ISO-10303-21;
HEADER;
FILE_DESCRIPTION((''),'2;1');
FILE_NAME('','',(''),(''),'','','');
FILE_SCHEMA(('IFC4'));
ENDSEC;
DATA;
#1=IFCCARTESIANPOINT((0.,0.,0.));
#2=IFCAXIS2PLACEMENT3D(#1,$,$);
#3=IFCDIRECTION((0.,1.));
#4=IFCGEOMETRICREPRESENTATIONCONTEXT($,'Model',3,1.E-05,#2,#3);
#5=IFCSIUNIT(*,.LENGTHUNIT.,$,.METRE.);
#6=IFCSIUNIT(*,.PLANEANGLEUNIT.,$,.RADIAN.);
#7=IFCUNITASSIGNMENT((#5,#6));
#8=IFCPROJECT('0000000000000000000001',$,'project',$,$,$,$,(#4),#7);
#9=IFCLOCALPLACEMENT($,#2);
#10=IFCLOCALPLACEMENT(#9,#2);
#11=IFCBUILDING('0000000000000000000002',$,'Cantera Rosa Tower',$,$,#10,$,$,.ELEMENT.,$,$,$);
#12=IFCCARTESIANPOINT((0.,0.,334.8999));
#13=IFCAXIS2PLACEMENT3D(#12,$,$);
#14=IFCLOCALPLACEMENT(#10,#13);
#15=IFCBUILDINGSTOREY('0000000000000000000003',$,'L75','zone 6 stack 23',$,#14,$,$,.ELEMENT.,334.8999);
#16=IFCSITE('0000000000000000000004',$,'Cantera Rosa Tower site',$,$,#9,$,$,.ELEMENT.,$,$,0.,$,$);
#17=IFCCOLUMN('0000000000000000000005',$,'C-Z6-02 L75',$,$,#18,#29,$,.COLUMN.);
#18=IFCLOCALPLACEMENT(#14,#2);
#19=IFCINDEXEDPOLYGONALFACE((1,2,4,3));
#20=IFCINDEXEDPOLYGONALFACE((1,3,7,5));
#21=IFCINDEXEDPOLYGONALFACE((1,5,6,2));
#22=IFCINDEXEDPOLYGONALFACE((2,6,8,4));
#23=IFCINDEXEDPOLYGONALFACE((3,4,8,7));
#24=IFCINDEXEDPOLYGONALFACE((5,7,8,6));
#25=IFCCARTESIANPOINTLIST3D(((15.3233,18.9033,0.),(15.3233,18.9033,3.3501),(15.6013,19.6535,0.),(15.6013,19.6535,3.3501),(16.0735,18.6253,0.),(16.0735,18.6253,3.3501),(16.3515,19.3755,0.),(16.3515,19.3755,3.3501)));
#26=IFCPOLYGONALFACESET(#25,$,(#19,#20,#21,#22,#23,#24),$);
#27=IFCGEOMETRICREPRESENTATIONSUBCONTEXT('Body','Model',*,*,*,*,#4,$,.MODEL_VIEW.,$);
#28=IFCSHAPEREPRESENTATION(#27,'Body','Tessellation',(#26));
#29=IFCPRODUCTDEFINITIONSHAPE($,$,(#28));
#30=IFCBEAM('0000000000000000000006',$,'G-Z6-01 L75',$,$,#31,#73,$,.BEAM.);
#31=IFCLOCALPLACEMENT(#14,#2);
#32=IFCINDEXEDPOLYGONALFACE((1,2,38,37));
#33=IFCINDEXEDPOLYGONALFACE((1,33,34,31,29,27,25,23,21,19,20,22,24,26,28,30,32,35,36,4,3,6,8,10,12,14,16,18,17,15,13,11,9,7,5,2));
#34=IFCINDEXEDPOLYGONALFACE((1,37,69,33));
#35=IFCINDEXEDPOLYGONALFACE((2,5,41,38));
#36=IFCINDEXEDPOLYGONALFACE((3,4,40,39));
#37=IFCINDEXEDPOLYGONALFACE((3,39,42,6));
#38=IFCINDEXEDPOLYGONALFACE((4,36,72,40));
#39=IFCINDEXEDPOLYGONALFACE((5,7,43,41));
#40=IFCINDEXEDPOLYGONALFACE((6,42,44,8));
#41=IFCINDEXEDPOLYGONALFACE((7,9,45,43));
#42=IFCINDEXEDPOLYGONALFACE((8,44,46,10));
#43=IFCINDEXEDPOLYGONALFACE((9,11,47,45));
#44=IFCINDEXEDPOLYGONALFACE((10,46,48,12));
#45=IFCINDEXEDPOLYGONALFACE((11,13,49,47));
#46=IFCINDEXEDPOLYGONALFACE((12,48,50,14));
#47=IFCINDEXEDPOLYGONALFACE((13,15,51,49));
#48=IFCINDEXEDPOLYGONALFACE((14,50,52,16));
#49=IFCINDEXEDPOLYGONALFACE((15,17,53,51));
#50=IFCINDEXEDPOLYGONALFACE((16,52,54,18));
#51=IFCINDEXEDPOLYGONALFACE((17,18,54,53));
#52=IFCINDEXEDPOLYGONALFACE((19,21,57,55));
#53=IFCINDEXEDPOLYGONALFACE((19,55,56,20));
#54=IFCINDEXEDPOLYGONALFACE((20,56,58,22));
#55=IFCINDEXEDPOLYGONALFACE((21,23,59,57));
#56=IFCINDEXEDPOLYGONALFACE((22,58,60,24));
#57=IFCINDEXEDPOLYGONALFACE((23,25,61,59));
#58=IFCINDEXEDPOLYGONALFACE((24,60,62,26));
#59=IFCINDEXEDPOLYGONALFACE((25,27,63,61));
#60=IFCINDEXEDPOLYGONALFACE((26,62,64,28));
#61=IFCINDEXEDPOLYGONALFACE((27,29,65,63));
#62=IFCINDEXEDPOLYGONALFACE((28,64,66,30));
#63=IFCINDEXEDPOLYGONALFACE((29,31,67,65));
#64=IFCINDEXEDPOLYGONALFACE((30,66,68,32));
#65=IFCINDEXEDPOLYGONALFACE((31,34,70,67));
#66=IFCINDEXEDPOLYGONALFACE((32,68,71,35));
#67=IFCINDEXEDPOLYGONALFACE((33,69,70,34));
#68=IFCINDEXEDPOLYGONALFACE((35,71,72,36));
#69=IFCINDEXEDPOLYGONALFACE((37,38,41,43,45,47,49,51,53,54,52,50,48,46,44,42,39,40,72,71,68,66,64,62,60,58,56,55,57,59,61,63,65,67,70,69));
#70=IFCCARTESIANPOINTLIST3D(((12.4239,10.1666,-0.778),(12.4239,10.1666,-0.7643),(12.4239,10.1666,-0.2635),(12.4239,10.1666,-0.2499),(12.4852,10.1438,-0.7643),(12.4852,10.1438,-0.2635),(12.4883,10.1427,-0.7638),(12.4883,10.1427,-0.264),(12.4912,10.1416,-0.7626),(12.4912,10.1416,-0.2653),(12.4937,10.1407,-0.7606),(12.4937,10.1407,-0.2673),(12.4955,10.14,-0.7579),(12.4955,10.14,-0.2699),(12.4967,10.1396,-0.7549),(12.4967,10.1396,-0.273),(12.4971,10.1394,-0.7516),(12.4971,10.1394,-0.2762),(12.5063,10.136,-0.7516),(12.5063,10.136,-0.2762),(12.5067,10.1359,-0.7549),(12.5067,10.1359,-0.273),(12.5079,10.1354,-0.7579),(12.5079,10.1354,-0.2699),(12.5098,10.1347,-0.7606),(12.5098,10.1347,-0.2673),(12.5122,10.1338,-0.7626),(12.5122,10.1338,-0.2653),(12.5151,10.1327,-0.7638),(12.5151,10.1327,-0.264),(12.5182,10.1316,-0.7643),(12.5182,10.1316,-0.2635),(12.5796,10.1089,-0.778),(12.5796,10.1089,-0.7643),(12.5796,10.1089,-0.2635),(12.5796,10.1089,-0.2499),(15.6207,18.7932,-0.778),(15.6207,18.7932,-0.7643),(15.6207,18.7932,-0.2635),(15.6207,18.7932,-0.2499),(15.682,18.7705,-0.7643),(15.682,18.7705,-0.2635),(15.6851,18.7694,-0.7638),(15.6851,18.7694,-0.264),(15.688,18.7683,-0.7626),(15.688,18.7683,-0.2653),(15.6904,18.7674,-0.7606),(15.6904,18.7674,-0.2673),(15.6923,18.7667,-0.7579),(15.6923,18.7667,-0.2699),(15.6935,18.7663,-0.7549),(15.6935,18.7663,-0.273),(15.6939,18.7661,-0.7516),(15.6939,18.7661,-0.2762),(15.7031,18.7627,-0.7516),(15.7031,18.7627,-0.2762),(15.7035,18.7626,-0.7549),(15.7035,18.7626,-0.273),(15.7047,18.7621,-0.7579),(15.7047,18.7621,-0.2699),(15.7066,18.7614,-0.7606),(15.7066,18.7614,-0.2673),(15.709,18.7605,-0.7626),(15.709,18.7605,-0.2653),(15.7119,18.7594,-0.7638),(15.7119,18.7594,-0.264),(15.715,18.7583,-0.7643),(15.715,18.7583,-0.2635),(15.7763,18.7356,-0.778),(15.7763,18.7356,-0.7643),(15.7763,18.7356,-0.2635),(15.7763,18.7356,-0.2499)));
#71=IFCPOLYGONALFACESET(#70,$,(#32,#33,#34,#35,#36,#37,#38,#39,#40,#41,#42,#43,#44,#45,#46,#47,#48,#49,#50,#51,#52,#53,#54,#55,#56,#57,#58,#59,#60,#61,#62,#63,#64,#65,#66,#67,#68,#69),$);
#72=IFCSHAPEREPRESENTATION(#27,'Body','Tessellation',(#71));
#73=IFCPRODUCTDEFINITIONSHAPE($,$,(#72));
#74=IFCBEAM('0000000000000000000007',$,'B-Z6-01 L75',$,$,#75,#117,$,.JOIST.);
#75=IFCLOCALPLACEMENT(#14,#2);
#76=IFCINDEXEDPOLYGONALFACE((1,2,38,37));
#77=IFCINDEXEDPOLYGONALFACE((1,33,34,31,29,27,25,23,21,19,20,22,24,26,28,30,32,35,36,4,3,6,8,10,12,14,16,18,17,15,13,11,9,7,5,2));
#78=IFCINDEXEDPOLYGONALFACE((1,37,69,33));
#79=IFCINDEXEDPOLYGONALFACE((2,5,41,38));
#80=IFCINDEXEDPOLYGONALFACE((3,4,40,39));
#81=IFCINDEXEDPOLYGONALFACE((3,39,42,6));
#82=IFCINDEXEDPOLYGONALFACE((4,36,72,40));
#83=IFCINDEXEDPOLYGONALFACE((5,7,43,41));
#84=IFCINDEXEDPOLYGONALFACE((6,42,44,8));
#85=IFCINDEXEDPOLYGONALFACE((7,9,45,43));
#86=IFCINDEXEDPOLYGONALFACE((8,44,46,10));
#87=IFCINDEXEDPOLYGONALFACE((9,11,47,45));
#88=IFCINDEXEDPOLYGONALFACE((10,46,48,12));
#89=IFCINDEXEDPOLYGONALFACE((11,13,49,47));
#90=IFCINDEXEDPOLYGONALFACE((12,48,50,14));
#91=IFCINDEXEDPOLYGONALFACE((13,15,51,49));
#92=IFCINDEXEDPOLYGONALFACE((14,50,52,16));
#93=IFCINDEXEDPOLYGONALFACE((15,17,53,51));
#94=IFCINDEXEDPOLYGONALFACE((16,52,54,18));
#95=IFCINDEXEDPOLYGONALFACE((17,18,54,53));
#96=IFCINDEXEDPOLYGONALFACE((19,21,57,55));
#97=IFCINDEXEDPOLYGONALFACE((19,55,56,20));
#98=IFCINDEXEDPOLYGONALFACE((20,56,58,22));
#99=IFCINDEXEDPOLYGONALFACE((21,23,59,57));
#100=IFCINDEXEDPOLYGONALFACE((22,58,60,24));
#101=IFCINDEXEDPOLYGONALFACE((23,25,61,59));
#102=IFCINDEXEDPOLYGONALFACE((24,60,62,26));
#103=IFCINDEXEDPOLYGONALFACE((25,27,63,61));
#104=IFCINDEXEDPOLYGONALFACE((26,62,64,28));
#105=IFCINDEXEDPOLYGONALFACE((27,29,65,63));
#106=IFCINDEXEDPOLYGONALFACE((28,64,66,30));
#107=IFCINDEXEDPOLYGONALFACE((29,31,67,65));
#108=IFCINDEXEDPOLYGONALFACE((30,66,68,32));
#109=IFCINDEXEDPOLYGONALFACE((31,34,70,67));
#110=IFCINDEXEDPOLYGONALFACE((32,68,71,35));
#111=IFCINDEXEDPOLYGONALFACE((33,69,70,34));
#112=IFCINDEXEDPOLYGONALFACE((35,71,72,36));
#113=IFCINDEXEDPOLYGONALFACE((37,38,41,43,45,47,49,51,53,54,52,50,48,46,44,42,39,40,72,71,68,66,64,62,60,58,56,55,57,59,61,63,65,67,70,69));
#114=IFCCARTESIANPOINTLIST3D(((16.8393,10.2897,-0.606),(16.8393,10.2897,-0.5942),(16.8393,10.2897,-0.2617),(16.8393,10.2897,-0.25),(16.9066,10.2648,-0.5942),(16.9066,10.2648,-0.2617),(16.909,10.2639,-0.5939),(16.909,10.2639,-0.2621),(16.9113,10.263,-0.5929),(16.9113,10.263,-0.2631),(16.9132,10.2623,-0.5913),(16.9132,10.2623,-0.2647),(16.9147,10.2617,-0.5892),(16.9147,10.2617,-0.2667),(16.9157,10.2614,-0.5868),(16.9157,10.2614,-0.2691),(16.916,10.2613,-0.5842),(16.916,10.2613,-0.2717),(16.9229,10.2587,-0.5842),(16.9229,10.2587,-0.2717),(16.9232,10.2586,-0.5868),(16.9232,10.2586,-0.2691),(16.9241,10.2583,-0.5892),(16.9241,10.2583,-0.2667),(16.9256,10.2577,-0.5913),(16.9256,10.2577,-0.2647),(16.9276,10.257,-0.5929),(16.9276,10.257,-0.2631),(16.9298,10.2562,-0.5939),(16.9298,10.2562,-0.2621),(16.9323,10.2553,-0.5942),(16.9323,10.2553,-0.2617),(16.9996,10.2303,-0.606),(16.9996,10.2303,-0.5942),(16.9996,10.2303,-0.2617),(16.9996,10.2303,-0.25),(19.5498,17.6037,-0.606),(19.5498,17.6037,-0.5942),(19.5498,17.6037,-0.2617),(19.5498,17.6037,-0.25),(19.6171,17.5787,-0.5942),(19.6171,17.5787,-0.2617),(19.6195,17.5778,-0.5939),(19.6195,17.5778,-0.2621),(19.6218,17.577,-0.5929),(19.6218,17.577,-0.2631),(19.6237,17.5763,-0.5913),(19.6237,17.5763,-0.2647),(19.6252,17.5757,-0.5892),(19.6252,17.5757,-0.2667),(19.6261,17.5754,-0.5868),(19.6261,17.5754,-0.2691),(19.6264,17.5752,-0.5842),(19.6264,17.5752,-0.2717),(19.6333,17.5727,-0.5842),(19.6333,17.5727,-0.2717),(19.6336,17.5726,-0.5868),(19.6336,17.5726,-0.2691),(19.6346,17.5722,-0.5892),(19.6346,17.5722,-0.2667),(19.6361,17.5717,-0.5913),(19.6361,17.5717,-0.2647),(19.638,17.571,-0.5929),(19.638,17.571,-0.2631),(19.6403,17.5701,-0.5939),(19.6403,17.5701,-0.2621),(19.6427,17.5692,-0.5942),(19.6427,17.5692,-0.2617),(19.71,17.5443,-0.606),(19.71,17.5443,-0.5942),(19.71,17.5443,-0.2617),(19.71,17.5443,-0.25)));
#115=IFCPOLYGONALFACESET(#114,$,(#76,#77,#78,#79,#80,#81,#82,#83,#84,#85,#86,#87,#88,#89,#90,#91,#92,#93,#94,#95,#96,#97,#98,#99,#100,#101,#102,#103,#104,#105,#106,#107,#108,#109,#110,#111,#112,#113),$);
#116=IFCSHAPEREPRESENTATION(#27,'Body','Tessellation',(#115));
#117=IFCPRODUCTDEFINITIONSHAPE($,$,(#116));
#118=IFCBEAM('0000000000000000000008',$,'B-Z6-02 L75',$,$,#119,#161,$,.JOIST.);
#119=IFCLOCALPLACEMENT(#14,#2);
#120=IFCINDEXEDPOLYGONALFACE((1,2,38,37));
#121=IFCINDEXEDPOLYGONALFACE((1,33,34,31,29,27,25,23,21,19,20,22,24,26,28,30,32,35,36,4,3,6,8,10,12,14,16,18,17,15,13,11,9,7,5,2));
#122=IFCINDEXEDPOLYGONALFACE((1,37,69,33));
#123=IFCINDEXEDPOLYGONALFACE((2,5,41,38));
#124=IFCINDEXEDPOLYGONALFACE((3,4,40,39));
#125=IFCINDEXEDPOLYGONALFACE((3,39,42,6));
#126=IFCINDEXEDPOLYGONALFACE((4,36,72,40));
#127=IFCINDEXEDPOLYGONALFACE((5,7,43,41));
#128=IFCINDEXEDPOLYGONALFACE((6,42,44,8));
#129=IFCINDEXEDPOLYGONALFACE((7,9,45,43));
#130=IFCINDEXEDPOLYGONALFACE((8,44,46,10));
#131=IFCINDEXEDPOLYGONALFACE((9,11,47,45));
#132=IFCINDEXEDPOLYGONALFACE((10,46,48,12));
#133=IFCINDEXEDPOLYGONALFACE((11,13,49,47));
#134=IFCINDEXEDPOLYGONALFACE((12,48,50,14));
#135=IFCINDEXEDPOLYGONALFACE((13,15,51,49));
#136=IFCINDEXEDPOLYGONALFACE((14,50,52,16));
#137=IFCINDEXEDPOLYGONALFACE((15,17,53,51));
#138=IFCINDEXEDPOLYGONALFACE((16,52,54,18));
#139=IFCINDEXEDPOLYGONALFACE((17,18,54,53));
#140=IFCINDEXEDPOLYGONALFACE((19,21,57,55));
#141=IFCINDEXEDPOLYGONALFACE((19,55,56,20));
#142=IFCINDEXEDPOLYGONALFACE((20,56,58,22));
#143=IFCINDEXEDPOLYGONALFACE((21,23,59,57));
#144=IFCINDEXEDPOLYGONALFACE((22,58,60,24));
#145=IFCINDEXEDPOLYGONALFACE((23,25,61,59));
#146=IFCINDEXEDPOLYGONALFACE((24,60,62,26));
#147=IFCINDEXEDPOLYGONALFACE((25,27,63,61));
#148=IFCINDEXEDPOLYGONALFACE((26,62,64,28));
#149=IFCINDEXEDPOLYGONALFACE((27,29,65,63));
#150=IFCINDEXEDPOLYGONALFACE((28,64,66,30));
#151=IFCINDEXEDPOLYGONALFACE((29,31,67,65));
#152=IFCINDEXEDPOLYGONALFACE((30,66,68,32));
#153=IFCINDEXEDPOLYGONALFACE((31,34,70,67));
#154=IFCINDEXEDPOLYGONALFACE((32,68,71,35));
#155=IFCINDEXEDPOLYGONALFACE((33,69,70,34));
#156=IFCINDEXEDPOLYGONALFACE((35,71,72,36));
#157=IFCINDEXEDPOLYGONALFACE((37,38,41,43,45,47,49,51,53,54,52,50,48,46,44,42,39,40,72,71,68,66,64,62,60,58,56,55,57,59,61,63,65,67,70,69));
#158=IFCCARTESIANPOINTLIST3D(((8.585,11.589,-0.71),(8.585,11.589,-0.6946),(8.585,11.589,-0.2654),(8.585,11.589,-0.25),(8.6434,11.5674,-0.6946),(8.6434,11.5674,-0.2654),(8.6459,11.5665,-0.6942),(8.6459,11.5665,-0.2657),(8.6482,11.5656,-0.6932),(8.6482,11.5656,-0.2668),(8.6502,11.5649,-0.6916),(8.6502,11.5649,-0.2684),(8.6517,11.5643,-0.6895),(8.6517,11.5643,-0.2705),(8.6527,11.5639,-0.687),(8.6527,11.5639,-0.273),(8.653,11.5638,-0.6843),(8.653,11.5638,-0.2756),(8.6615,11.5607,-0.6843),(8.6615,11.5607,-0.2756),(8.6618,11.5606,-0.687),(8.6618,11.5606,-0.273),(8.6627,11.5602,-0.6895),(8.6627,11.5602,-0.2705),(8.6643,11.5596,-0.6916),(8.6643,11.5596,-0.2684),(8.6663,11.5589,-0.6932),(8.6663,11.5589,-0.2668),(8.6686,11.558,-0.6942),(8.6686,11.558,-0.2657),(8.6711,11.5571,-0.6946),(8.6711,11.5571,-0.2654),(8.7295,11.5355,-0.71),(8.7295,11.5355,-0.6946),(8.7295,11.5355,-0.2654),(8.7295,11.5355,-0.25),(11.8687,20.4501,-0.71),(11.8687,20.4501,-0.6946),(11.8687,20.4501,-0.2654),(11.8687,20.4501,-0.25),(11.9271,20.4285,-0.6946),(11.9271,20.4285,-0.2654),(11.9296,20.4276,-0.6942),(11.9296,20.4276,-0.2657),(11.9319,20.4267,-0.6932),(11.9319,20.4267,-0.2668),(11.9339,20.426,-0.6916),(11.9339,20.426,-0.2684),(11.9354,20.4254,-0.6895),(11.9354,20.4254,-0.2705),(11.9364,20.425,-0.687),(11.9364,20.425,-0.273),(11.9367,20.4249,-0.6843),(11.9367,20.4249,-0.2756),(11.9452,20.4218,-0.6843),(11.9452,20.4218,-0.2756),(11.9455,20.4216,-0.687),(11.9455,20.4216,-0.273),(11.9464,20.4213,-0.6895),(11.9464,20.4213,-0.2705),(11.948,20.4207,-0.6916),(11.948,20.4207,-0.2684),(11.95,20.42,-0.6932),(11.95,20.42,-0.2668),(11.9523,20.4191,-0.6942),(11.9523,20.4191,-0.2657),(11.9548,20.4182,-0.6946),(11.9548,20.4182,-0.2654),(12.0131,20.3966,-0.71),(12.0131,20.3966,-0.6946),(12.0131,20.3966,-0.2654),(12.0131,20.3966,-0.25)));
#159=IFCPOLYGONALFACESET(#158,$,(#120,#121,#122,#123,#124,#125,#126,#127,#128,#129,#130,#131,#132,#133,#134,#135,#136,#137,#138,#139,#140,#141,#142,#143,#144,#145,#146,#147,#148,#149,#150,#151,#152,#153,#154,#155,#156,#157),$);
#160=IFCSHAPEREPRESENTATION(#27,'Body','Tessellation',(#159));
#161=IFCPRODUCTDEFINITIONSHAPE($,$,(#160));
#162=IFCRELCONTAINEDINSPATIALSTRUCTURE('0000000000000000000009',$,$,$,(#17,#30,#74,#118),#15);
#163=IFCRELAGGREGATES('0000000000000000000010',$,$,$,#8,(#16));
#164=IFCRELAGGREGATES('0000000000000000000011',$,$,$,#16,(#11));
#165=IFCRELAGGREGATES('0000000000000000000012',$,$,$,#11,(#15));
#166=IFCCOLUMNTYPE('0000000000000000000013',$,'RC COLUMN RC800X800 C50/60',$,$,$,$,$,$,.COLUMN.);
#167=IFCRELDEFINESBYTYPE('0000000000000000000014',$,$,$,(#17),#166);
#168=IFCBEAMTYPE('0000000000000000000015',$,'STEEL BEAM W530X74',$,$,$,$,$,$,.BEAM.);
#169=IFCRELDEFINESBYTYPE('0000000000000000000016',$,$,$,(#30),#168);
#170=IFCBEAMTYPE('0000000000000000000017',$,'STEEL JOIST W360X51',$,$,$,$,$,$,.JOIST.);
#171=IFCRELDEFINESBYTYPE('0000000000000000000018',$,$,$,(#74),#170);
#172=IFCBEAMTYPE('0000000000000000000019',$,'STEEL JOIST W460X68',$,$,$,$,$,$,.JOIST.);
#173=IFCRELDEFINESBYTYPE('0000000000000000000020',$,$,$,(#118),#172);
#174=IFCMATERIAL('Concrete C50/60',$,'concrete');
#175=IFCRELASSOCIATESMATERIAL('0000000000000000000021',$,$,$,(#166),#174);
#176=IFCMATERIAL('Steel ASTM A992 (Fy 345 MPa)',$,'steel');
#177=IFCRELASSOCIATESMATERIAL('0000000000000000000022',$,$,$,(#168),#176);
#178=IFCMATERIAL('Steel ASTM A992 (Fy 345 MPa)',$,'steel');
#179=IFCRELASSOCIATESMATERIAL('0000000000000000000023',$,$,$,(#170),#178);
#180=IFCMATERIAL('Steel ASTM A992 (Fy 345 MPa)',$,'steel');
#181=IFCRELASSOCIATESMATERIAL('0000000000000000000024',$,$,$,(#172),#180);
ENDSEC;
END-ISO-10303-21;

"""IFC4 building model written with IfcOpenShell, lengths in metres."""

from ifc_helpers import new_model, si_unit, direction, frame, origin, origin_2d, place, context, subcontext, project, spatial, rectangle, i_section, extrude, material, material_profile, profile_set, type_object, element, save


model = new_model("IFC4")

# Units and contexts
model_context = context("Model", 3, precision=1e-05, world=origin(), true_north=direction((0.0, 1.0)))
body_context = subcontext(model_context, "Body", "Model", "MODEL_VIEW")
ifc_project = project(units=[si_unit("LENGTHUNIT", "METRE"), si_unit("PLANEANGLEUNIT", "RADIAN")], contexts=[model_context])

# Site, building, storey
site_placement = place(None, origin())
site = spatial("IfcSite", under=ifc_project, at=site_placement, Name="Cantera Rosa Tower site", CompositionType="ELEMENT", RefElevation=0.0)
building_placement = place(site_placement, origin())
building = spatial("IfcBuilding", under=site, at=building_placement, Name="Cantera Rosa Tower", CompositionType="ELEMENT")
storey_placement = place(building_placement, frame((0.0, 0.0, 334.8999)))
storey = spatial("IfcBuildingStorey", under=building, at=storey_placement, Name="L75", Description="zone 6 stack 23", CompositionType="ELEMENT", Elevation=334.8999)

# Column
ifc_material_1 = material(Name="Concrete C50/60", Category="concrete")
ifc_material_profile_1 = material_profile(ifc_material_1, rectangle(XDim=0.8, YDim=0.8, at=origin_2d()), Name="RC COLUMN RC800X800 C50/60")
ifc_profile_set_1 = profile_set([ifc_material_profile_1], Name="Concrete C50/60")
column_type = type_object("IfcColumnType", Name="RC COLUMN RC800X800 C50/60", PredefinedType="COLUMN", material=ifc_profile_set_1)
column_placement = place(storey_placement, frame((15.8374, 19.1394, 0.0), z_axis=(0.0, 0.0, 1.0), x_axis=(0.347481, 0.937687, 0.0)))
element("IfcColumn", 1, at=column_placement, inside=storey, type_object=column_type, Name="C-Z6-02 L75", PredefinedType="COLUMN", context=body_context, shape_type="SweptSolid", body=[
    extrude(rectangle(XDim=0.8, YDim=0.8, at=origin_2d()), origin(), (0.0, 0.0, 1.0), 3.3501),
])

# Beams
ifc_material_2 = material(Name="Steel ASTM A992 (Fy 345 MPa)", Category="steel")
ifc_material_profile_2 = material_profile(ifc_material_2, i_section(OverallWidth=0.166, OverallDepth=0.5281, WebThickness=0.0098, FlangeThickness=0.0137, FilletRadius=0.0127, at=origin_2d()), Name="W530X74")
ifc_profile_set_2 = profile_set([ifc_material_profile_2], Name="Steel ASTM A992 (Fy 345 MPa)")
beam_type_1 = type_object("IfcBeamType", Name="STEEL BEAM W530X74", PredefinedType="BEAM", material=ifc_profile_set_2)
beam_1_placement = place(storey_placement, frame((15.6985, 18.7644, -0.5139), z_axis=(-0.347477, -0.937689, 0.0), x_axis=(0.937689, -0.347477, 0.0)))
element("IfcBeam", 2, at=beam_1_placement, inside=storey, type_object=beam_type_1, Name="G-Z6-01 L75", PredefinedType="BEAM", context=body_context, shape_type="SweptSolid", body=[
    extrude(i_section(OverallWidth=0.166, OverallDepth=0.5281, WebThickness=0.0098, FlangeThickness=0.0137, FilletRadius=0.0127, at=origin_2d()), origin(), (0.0, 0.0, 1.0), 9.2),
])
ifc_material_3 = material(Name="Steel ASTM A992 (Fy 345 MPa)", Category="steel")
ifc_material_profile_3 = material_profile(ifc_material_3, i_section(OverallWidth=0.1709, OverallDepth=0.356, WebThickness=0.0073, FlangeThickness=0.0117, FilletRadius=0.01, at=origin_2d()), Name="W360X51")
ifc_profile_set_3 = profile_set([ifc_material_profile_3], Name="Steel ASTM A992 (Fy 345 MPa)")
beam_type_2 = type_object("IfcBeamType", Name="STEEL JOIST W360X51", PredefinedType="JOIST", material=ifc_profile_set_3)
beam_2_placement = place(storey_placement, frame((19.6299, 17.574, -0.428), z_axis=(-0.347492, -0.937683, 0.0), x_axis=(0.937683, -0.347492, 0.0)))
element("IfcBeam", 3, at=beam_2_placement, inside=storey, type_object=beam_type_2, Name="B-Z6-01 L75", PredefinedType="JOIST", context=body_context, shape_type="SweptSolid", body=[
    extrude(i_section(OverallWidth=0.1709, OverallDepth=0.356, WebThickness=0.0073, FlangeThickness=0.0117, FilletRadius=0.01, at=origin_2d()), origin(), (0.0, 0.0, 1.0), 7.8),
])
ifc_material_4 = material(Name="Steel ASTM A992 (Fy 345 MPa)", Category="steel")
ifc_material_profile_4 = material_profile(ifc_material_4, i_section(OverallWidth=0.1541, OverallDepth=0.46, WebThickness=0.009, FlangeThickness=0.0154, FilletRadius=0.0103, at=origin_2d()), Name="W460X68")
ifc_profile_set_4 = profile_set([ifc_material_profile_4], Name="Steel ASTM A992 (Fy 345 MPa)")
beam_type_3 = type_object("IfcBeamType", Name="STEEL JOIST W460X68", PredefinedType="JOIST", material=ifc_profile_set_4)
beam_3_placement = place(storey_placement, frame((11.9409, 20.4233, -0.48), z_axis=(-0.347483, -0.937686, 0.0), x_axis=(0.937686, -0.347483, 0.0)))
element("IfcBeam", 4, at=beam_3_placement, inside=storey, type_object=beam_type_3, Name="B-Z6-02 L75", PredefinedType="JOIST", context=body_context, shape_type="SweptSolid", body=[
    extrude(i_section(OverallWidth=0.1541, OverallDepth=0.46, WebThickness=0.009, FlangeThickness=0.0154, FilletRadius=0.0103, at=origin_2d()), origin(), (0.0, 0.0, 1.0), 9.45),
])

save(model, "model.ifc")
